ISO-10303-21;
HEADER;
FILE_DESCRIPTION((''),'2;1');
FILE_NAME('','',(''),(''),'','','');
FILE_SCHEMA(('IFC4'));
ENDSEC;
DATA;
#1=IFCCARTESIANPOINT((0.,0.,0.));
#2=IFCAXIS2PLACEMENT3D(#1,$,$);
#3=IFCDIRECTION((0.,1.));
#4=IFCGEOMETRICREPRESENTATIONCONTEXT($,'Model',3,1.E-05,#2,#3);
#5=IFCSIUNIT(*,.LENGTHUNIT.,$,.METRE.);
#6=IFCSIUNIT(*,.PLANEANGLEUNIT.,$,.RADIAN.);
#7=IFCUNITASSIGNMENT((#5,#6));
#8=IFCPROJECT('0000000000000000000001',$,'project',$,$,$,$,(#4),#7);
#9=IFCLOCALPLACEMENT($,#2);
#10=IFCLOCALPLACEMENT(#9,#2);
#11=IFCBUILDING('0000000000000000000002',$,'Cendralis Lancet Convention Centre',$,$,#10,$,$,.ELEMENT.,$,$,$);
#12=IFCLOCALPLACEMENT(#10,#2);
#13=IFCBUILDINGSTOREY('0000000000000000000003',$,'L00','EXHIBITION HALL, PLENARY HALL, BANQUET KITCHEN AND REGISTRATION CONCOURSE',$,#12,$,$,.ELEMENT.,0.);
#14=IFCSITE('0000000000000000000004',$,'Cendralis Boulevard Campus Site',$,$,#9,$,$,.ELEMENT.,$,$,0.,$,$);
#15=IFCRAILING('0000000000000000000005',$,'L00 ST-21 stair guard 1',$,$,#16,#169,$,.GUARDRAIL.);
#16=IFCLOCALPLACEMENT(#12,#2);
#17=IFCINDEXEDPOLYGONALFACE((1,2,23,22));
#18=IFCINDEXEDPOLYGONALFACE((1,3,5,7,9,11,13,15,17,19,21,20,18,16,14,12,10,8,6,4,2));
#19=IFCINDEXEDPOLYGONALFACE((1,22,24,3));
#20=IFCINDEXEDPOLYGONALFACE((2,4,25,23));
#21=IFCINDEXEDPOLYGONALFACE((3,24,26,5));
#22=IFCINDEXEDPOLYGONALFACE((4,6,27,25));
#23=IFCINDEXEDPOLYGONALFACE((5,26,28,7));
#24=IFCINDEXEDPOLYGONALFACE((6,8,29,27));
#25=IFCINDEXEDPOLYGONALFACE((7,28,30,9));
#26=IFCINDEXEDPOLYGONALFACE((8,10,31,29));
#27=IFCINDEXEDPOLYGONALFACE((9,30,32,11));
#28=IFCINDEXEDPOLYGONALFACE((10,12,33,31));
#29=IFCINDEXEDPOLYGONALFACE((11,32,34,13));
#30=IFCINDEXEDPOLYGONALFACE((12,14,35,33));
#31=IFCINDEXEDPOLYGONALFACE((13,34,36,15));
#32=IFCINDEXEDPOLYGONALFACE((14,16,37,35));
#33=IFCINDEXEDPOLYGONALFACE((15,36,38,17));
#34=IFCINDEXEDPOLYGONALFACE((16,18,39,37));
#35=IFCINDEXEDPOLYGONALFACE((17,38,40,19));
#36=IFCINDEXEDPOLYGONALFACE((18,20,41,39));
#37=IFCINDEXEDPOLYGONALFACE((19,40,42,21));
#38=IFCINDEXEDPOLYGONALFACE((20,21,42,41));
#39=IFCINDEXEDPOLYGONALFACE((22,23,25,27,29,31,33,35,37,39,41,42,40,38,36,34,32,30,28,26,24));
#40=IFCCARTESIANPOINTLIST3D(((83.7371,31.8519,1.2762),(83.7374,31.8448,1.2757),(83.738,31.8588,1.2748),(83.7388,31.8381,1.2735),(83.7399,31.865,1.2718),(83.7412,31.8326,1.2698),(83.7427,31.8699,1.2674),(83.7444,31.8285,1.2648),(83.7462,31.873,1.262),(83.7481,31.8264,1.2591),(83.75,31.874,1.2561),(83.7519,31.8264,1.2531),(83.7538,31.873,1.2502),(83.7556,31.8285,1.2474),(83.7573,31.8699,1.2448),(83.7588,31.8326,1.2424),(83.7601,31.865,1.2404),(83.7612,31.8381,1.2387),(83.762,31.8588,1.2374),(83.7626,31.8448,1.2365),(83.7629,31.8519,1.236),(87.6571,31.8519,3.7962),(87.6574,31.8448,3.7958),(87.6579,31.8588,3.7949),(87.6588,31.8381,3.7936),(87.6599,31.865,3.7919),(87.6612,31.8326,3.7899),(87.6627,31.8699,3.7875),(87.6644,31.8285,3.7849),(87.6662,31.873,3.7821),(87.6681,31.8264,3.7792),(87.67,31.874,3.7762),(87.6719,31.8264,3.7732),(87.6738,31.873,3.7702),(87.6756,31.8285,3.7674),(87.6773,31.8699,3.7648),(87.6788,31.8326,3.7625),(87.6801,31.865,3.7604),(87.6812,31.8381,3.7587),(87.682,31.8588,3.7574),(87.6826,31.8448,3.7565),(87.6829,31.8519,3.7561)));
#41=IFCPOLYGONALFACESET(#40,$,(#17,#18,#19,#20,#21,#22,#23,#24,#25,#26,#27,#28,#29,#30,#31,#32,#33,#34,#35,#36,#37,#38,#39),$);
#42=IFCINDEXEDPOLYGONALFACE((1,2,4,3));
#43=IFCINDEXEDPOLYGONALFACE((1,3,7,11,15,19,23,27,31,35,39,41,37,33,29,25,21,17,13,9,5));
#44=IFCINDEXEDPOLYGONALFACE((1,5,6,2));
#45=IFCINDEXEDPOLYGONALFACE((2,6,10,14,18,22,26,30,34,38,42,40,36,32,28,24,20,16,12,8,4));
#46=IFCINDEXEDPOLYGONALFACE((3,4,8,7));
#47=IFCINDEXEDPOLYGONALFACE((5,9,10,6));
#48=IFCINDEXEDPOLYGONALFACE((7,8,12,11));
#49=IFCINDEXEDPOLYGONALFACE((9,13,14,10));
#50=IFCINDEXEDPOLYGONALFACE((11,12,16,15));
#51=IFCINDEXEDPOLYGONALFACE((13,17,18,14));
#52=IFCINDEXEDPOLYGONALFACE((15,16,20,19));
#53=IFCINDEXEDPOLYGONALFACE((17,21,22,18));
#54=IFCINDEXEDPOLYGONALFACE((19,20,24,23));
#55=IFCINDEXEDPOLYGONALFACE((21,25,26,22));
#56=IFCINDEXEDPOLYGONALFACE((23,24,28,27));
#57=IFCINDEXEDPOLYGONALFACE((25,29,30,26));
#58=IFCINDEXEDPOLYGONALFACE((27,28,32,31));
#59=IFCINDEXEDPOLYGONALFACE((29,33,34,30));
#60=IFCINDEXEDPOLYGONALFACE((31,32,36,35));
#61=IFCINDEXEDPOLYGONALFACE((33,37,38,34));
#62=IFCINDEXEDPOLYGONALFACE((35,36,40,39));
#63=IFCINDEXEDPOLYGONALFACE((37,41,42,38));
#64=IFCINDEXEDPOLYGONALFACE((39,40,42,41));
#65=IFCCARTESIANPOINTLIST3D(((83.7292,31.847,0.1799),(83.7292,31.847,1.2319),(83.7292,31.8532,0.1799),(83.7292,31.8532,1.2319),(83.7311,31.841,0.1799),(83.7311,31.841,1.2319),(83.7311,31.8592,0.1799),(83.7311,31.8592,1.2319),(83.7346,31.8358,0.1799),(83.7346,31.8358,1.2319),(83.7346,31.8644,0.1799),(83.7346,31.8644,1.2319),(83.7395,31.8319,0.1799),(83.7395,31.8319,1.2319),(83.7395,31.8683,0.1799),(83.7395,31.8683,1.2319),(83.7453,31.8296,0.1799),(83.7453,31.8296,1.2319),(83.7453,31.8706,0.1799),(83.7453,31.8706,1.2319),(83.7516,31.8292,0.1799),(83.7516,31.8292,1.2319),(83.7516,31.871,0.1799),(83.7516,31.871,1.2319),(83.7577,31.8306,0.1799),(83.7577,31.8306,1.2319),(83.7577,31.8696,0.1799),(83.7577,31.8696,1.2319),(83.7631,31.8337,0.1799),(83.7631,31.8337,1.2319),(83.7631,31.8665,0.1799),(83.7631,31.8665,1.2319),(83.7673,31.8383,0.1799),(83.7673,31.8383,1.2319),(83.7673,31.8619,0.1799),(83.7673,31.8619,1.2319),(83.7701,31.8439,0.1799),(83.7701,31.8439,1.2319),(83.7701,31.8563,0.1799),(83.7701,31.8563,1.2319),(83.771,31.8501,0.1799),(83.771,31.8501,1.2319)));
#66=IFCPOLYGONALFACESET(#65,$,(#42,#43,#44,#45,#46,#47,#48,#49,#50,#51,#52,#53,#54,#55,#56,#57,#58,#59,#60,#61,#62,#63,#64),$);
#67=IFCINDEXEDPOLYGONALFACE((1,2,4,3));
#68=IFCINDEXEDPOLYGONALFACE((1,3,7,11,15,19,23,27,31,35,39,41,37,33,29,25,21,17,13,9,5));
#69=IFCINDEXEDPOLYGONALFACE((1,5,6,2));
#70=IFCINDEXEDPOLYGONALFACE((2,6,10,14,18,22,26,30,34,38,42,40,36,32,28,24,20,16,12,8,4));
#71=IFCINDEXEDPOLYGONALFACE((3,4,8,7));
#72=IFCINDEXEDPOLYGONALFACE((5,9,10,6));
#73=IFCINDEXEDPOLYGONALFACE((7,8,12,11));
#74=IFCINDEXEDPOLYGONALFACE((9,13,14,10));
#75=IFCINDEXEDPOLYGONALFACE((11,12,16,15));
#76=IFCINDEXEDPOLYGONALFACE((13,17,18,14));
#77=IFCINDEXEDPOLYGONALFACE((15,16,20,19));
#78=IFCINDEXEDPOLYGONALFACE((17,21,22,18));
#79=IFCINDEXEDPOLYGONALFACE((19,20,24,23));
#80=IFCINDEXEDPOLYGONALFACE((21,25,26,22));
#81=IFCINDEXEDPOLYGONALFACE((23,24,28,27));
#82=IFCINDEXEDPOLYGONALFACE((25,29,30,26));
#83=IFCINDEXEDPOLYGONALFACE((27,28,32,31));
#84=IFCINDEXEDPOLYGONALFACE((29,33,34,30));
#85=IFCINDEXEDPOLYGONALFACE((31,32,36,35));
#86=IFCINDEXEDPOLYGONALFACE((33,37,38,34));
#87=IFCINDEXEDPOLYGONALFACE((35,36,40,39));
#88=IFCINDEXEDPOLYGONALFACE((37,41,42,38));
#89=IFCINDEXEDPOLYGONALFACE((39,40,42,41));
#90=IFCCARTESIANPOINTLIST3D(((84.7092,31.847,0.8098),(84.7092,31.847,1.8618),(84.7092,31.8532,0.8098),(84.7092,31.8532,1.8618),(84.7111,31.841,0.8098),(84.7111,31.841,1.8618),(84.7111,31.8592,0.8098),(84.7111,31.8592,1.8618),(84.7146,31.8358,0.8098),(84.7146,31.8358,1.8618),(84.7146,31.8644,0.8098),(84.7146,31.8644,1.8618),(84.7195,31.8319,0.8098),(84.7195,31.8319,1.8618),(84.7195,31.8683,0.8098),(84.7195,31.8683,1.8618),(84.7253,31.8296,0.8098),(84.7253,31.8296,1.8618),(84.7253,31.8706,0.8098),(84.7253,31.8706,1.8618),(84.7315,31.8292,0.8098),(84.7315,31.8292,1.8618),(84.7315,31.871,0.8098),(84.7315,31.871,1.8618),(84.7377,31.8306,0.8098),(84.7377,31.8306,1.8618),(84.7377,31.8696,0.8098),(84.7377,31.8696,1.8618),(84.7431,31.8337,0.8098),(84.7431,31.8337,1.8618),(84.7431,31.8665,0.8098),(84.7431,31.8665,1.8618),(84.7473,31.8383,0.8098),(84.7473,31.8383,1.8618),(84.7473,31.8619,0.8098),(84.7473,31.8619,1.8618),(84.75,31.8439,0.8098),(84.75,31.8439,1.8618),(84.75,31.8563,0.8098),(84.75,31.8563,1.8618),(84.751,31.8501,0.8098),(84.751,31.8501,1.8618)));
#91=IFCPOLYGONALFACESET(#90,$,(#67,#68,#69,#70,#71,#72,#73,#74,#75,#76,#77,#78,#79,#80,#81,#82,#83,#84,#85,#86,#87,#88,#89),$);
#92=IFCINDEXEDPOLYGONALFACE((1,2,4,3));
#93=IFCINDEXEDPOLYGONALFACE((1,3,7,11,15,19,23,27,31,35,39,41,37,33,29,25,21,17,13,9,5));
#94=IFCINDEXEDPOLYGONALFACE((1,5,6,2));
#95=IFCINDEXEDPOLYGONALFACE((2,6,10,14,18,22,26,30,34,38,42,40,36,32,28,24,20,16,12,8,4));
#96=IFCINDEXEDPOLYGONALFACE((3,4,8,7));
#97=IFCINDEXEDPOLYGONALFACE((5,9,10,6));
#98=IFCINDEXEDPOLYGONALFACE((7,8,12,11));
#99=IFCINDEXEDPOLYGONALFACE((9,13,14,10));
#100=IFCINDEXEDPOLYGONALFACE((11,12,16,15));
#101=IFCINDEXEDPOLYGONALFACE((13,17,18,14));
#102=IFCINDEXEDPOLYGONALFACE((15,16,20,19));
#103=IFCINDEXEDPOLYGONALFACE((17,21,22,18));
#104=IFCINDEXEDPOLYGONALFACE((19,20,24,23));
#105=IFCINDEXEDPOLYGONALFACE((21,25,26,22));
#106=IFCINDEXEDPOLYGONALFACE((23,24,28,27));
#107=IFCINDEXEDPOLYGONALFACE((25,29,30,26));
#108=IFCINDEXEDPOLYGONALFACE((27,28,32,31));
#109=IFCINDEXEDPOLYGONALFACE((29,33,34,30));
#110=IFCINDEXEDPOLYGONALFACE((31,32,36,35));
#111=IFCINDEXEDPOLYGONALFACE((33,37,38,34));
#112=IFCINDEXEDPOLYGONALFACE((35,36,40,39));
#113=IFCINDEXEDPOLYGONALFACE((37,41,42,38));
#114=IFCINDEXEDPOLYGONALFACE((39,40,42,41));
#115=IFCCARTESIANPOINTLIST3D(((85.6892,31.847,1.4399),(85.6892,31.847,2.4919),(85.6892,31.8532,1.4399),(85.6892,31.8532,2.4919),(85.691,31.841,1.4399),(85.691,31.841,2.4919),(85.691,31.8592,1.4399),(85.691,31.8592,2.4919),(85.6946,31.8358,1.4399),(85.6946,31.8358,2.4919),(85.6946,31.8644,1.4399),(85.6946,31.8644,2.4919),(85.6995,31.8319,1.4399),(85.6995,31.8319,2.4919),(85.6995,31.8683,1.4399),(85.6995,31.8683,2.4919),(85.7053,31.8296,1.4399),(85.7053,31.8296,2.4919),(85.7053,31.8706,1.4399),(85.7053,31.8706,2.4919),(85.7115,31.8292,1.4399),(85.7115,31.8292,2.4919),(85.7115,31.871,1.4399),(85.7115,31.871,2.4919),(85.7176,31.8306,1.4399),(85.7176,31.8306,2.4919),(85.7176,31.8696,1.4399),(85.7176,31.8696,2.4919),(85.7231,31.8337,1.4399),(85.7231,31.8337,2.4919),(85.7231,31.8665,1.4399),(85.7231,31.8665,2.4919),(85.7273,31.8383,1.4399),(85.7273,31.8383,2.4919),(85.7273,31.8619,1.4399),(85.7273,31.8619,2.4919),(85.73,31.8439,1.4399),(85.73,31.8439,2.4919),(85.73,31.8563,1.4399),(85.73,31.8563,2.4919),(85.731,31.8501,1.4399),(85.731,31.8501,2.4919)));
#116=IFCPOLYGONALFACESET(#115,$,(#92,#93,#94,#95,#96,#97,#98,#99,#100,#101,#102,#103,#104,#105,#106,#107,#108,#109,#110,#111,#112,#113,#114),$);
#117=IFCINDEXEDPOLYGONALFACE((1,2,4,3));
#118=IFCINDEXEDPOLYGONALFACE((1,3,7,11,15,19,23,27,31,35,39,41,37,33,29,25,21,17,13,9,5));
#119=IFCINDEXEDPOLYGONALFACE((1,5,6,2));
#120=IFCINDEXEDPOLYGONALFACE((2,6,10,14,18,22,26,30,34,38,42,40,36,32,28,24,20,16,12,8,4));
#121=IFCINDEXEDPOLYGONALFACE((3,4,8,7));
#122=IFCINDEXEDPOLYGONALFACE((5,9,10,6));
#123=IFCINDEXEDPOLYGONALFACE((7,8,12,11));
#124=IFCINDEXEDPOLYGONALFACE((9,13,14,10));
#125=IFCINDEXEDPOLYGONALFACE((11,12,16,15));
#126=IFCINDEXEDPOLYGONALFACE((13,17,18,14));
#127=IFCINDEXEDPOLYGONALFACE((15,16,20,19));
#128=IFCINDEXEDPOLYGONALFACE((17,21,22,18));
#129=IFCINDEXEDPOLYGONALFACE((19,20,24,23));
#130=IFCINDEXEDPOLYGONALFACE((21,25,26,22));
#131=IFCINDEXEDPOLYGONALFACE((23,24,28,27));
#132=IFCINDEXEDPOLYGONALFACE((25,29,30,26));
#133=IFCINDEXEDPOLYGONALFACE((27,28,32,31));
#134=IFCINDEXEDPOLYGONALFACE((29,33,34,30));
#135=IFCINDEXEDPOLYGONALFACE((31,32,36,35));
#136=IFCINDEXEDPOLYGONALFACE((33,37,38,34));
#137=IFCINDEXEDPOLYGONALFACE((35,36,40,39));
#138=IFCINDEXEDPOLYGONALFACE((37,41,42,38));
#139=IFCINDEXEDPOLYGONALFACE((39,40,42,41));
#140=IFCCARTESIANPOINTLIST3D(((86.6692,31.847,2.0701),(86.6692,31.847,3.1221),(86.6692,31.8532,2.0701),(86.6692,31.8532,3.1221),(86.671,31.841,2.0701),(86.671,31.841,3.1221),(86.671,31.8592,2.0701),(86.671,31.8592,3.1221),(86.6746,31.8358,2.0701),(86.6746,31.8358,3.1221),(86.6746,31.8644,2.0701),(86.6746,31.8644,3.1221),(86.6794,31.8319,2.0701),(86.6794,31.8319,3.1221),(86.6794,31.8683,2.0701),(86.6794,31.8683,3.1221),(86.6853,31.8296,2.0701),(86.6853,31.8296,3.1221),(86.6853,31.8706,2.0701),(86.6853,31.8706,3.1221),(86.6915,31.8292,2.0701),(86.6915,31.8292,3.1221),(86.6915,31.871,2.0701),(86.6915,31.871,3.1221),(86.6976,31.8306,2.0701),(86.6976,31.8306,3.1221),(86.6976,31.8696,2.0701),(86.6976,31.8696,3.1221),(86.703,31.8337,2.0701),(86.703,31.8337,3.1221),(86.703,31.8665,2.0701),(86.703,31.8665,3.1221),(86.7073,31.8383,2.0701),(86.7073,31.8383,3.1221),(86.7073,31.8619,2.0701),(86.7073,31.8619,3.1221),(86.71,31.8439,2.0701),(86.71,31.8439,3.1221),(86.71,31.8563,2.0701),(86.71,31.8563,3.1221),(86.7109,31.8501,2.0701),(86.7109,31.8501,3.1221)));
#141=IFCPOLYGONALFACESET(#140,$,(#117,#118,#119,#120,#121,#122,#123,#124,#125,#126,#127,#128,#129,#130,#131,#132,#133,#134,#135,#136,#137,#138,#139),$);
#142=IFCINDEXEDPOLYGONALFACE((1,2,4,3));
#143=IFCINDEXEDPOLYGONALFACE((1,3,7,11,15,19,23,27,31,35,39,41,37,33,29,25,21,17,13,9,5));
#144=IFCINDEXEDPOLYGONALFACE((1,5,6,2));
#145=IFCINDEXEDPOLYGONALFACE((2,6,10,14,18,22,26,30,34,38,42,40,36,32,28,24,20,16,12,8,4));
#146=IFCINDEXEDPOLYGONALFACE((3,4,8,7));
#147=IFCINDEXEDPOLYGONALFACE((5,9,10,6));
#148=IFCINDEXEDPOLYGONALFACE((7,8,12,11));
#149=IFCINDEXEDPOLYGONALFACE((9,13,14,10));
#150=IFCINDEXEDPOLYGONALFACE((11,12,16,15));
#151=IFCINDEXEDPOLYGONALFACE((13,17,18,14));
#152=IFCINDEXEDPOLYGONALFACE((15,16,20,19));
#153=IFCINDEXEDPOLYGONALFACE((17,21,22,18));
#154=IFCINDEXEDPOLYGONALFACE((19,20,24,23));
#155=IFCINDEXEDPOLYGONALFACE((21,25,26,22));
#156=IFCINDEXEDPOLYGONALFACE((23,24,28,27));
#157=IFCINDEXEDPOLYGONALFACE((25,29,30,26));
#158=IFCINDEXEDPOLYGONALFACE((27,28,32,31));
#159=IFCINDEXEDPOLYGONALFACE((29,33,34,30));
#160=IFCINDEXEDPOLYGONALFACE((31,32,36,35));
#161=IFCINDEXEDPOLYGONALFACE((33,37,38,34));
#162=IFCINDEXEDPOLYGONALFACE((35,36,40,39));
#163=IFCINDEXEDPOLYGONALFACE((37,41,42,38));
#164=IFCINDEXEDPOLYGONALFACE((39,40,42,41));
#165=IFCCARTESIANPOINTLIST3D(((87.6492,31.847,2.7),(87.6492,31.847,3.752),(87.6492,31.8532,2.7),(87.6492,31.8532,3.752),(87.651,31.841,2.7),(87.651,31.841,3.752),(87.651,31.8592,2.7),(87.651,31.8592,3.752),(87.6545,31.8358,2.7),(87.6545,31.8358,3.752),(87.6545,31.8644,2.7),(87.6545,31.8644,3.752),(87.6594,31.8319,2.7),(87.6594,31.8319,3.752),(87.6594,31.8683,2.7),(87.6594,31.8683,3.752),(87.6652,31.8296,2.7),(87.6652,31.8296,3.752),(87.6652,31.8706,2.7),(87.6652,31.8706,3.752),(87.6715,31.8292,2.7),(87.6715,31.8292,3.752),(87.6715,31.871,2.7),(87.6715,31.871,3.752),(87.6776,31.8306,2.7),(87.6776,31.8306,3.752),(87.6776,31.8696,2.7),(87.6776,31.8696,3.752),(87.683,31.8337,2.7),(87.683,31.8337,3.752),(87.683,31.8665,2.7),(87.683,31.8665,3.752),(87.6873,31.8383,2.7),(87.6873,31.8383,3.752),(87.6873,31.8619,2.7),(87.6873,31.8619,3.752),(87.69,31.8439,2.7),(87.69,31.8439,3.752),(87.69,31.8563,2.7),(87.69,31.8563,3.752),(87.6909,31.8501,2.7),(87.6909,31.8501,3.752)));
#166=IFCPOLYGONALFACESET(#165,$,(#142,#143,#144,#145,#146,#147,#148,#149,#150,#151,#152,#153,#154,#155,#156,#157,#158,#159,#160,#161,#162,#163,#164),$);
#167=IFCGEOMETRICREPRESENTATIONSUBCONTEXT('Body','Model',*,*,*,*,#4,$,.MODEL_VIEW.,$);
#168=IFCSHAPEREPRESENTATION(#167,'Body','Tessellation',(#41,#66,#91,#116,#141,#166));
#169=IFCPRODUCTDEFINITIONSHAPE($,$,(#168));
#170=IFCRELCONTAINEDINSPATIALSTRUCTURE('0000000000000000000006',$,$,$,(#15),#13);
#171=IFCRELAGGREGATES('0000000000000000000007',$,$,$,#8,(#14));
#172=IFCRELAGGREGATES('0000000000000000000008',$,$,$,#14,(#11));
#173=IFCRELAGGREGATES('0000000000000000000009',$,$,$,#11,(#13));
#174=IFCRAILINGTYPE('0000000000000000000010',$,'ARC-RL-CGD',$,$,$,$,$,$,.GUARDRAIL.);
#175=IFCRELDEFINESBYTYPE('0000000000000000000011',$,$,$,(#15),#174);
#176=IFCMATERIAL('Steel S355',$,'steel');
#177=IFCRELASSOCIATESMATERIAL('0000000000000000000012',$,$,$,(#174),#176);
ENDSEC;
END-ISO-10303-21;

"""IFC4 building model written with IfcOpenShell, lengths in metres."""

from ifc_helpers import new_model, si_unit, direction, frame, origin, origin_2d, place, context, subcontext, project, spatial, circle, extrude, material, type_object, element, save


model = new_model("IFC4")

# Units and contexts
model_context = context("Model", 3, precision=1e-05, world=origin(), true_north=direction((0.0, 1.0)))
body_context = subcontext(model_context, "Body", "Model", "MODEL_VIEW")
ifc_project = project(units=[si_unit("LENGTHUNIT", "METRE"), si_unit("PLANEANGLEUNIT", "RADIAN")], contexts=[model_context])

# Site, building, storey
site_placement = place(None, origin())
site = spatial("IfcSite", under=ifc_project, at=site_placement, Name="Cendralis Boulevard Campus Site", CompositionType="ELEMENT", RefElevation=0.0)
building_placement = place(site_placement, origin())
building = spatial("IfcBuilding", under=site, at=building_placement, Name="Cendralis Lancet Convention Centre", CompositionType="ELEMENT")
storey_placement = place(building_placement, origin())
storey = spatial("IfcBuildingStorey", under=building, at=storey_placement, Name="L00", Description="EXHIBITION HALL, PLENARY HALL, BANQUET KITCHEN AND REGISTRATION CONCOURSE", CompositionType="ELEMENT", Elevation=0.0)

# Shared definitions
ifc_material_1 = material(Name="Steel S355", Category="steel")

# Railing
railing_type_1 = type_object("IfcRailingType", Name="ARC-RL-CGD", PredefinedType="GUARDRAIL", material=ifc_material_1)
railing_1_placement = place(storey_placement, frame((83.75, 31.8501, 0.1799)))
element("IfcRailing", 1, at=railing_1_placement, inside=storey, type_object=railing_type_1, Name="L00 ST-21 stair guard 1", PredefinedType="GUARDRAIL", context=body_context, shape_type="SweptSolid", body=[
    extrude(circle(Radius=0.0239, at=origin_2d()), frame((0.0, 0.0, 1.0762), z_axis=(0.841172, 0.0, 0.540768), x_axis=(0.0, 1.0, 0.0)), (0.0, 0.0, 1.0), 4.6602),
    extrude(circle(Radius=0.021, at=origin_2d()), origin(), (0.0, 0.0, 1.0), 1.052),
    extrude(circle(Radius=0.021, at=origin_2d()), frame((0.98, 0.0, 0.6299)), (0.0, 0.0, 1.0), 1.052),
    extrude(circle(Radius=0.021, at=origin_2d()), frame((1.96, 0.0, 1.26)), (0.0, 0.0, 1.0), 1.052),
    extrude(circle(Radius=0.021, at=origin_2d()), frame((2.9399, 0.0, 1.8901)), (0.0, 0.0, 1.0), 1.052),
    extrude(circle(Radius=0.021, at=origin_2d()), frame((3.9199, 0.0, 2.52)), (0.0, 0.0, 1.0), 1.052),
])

save(model, "model.ifc")
